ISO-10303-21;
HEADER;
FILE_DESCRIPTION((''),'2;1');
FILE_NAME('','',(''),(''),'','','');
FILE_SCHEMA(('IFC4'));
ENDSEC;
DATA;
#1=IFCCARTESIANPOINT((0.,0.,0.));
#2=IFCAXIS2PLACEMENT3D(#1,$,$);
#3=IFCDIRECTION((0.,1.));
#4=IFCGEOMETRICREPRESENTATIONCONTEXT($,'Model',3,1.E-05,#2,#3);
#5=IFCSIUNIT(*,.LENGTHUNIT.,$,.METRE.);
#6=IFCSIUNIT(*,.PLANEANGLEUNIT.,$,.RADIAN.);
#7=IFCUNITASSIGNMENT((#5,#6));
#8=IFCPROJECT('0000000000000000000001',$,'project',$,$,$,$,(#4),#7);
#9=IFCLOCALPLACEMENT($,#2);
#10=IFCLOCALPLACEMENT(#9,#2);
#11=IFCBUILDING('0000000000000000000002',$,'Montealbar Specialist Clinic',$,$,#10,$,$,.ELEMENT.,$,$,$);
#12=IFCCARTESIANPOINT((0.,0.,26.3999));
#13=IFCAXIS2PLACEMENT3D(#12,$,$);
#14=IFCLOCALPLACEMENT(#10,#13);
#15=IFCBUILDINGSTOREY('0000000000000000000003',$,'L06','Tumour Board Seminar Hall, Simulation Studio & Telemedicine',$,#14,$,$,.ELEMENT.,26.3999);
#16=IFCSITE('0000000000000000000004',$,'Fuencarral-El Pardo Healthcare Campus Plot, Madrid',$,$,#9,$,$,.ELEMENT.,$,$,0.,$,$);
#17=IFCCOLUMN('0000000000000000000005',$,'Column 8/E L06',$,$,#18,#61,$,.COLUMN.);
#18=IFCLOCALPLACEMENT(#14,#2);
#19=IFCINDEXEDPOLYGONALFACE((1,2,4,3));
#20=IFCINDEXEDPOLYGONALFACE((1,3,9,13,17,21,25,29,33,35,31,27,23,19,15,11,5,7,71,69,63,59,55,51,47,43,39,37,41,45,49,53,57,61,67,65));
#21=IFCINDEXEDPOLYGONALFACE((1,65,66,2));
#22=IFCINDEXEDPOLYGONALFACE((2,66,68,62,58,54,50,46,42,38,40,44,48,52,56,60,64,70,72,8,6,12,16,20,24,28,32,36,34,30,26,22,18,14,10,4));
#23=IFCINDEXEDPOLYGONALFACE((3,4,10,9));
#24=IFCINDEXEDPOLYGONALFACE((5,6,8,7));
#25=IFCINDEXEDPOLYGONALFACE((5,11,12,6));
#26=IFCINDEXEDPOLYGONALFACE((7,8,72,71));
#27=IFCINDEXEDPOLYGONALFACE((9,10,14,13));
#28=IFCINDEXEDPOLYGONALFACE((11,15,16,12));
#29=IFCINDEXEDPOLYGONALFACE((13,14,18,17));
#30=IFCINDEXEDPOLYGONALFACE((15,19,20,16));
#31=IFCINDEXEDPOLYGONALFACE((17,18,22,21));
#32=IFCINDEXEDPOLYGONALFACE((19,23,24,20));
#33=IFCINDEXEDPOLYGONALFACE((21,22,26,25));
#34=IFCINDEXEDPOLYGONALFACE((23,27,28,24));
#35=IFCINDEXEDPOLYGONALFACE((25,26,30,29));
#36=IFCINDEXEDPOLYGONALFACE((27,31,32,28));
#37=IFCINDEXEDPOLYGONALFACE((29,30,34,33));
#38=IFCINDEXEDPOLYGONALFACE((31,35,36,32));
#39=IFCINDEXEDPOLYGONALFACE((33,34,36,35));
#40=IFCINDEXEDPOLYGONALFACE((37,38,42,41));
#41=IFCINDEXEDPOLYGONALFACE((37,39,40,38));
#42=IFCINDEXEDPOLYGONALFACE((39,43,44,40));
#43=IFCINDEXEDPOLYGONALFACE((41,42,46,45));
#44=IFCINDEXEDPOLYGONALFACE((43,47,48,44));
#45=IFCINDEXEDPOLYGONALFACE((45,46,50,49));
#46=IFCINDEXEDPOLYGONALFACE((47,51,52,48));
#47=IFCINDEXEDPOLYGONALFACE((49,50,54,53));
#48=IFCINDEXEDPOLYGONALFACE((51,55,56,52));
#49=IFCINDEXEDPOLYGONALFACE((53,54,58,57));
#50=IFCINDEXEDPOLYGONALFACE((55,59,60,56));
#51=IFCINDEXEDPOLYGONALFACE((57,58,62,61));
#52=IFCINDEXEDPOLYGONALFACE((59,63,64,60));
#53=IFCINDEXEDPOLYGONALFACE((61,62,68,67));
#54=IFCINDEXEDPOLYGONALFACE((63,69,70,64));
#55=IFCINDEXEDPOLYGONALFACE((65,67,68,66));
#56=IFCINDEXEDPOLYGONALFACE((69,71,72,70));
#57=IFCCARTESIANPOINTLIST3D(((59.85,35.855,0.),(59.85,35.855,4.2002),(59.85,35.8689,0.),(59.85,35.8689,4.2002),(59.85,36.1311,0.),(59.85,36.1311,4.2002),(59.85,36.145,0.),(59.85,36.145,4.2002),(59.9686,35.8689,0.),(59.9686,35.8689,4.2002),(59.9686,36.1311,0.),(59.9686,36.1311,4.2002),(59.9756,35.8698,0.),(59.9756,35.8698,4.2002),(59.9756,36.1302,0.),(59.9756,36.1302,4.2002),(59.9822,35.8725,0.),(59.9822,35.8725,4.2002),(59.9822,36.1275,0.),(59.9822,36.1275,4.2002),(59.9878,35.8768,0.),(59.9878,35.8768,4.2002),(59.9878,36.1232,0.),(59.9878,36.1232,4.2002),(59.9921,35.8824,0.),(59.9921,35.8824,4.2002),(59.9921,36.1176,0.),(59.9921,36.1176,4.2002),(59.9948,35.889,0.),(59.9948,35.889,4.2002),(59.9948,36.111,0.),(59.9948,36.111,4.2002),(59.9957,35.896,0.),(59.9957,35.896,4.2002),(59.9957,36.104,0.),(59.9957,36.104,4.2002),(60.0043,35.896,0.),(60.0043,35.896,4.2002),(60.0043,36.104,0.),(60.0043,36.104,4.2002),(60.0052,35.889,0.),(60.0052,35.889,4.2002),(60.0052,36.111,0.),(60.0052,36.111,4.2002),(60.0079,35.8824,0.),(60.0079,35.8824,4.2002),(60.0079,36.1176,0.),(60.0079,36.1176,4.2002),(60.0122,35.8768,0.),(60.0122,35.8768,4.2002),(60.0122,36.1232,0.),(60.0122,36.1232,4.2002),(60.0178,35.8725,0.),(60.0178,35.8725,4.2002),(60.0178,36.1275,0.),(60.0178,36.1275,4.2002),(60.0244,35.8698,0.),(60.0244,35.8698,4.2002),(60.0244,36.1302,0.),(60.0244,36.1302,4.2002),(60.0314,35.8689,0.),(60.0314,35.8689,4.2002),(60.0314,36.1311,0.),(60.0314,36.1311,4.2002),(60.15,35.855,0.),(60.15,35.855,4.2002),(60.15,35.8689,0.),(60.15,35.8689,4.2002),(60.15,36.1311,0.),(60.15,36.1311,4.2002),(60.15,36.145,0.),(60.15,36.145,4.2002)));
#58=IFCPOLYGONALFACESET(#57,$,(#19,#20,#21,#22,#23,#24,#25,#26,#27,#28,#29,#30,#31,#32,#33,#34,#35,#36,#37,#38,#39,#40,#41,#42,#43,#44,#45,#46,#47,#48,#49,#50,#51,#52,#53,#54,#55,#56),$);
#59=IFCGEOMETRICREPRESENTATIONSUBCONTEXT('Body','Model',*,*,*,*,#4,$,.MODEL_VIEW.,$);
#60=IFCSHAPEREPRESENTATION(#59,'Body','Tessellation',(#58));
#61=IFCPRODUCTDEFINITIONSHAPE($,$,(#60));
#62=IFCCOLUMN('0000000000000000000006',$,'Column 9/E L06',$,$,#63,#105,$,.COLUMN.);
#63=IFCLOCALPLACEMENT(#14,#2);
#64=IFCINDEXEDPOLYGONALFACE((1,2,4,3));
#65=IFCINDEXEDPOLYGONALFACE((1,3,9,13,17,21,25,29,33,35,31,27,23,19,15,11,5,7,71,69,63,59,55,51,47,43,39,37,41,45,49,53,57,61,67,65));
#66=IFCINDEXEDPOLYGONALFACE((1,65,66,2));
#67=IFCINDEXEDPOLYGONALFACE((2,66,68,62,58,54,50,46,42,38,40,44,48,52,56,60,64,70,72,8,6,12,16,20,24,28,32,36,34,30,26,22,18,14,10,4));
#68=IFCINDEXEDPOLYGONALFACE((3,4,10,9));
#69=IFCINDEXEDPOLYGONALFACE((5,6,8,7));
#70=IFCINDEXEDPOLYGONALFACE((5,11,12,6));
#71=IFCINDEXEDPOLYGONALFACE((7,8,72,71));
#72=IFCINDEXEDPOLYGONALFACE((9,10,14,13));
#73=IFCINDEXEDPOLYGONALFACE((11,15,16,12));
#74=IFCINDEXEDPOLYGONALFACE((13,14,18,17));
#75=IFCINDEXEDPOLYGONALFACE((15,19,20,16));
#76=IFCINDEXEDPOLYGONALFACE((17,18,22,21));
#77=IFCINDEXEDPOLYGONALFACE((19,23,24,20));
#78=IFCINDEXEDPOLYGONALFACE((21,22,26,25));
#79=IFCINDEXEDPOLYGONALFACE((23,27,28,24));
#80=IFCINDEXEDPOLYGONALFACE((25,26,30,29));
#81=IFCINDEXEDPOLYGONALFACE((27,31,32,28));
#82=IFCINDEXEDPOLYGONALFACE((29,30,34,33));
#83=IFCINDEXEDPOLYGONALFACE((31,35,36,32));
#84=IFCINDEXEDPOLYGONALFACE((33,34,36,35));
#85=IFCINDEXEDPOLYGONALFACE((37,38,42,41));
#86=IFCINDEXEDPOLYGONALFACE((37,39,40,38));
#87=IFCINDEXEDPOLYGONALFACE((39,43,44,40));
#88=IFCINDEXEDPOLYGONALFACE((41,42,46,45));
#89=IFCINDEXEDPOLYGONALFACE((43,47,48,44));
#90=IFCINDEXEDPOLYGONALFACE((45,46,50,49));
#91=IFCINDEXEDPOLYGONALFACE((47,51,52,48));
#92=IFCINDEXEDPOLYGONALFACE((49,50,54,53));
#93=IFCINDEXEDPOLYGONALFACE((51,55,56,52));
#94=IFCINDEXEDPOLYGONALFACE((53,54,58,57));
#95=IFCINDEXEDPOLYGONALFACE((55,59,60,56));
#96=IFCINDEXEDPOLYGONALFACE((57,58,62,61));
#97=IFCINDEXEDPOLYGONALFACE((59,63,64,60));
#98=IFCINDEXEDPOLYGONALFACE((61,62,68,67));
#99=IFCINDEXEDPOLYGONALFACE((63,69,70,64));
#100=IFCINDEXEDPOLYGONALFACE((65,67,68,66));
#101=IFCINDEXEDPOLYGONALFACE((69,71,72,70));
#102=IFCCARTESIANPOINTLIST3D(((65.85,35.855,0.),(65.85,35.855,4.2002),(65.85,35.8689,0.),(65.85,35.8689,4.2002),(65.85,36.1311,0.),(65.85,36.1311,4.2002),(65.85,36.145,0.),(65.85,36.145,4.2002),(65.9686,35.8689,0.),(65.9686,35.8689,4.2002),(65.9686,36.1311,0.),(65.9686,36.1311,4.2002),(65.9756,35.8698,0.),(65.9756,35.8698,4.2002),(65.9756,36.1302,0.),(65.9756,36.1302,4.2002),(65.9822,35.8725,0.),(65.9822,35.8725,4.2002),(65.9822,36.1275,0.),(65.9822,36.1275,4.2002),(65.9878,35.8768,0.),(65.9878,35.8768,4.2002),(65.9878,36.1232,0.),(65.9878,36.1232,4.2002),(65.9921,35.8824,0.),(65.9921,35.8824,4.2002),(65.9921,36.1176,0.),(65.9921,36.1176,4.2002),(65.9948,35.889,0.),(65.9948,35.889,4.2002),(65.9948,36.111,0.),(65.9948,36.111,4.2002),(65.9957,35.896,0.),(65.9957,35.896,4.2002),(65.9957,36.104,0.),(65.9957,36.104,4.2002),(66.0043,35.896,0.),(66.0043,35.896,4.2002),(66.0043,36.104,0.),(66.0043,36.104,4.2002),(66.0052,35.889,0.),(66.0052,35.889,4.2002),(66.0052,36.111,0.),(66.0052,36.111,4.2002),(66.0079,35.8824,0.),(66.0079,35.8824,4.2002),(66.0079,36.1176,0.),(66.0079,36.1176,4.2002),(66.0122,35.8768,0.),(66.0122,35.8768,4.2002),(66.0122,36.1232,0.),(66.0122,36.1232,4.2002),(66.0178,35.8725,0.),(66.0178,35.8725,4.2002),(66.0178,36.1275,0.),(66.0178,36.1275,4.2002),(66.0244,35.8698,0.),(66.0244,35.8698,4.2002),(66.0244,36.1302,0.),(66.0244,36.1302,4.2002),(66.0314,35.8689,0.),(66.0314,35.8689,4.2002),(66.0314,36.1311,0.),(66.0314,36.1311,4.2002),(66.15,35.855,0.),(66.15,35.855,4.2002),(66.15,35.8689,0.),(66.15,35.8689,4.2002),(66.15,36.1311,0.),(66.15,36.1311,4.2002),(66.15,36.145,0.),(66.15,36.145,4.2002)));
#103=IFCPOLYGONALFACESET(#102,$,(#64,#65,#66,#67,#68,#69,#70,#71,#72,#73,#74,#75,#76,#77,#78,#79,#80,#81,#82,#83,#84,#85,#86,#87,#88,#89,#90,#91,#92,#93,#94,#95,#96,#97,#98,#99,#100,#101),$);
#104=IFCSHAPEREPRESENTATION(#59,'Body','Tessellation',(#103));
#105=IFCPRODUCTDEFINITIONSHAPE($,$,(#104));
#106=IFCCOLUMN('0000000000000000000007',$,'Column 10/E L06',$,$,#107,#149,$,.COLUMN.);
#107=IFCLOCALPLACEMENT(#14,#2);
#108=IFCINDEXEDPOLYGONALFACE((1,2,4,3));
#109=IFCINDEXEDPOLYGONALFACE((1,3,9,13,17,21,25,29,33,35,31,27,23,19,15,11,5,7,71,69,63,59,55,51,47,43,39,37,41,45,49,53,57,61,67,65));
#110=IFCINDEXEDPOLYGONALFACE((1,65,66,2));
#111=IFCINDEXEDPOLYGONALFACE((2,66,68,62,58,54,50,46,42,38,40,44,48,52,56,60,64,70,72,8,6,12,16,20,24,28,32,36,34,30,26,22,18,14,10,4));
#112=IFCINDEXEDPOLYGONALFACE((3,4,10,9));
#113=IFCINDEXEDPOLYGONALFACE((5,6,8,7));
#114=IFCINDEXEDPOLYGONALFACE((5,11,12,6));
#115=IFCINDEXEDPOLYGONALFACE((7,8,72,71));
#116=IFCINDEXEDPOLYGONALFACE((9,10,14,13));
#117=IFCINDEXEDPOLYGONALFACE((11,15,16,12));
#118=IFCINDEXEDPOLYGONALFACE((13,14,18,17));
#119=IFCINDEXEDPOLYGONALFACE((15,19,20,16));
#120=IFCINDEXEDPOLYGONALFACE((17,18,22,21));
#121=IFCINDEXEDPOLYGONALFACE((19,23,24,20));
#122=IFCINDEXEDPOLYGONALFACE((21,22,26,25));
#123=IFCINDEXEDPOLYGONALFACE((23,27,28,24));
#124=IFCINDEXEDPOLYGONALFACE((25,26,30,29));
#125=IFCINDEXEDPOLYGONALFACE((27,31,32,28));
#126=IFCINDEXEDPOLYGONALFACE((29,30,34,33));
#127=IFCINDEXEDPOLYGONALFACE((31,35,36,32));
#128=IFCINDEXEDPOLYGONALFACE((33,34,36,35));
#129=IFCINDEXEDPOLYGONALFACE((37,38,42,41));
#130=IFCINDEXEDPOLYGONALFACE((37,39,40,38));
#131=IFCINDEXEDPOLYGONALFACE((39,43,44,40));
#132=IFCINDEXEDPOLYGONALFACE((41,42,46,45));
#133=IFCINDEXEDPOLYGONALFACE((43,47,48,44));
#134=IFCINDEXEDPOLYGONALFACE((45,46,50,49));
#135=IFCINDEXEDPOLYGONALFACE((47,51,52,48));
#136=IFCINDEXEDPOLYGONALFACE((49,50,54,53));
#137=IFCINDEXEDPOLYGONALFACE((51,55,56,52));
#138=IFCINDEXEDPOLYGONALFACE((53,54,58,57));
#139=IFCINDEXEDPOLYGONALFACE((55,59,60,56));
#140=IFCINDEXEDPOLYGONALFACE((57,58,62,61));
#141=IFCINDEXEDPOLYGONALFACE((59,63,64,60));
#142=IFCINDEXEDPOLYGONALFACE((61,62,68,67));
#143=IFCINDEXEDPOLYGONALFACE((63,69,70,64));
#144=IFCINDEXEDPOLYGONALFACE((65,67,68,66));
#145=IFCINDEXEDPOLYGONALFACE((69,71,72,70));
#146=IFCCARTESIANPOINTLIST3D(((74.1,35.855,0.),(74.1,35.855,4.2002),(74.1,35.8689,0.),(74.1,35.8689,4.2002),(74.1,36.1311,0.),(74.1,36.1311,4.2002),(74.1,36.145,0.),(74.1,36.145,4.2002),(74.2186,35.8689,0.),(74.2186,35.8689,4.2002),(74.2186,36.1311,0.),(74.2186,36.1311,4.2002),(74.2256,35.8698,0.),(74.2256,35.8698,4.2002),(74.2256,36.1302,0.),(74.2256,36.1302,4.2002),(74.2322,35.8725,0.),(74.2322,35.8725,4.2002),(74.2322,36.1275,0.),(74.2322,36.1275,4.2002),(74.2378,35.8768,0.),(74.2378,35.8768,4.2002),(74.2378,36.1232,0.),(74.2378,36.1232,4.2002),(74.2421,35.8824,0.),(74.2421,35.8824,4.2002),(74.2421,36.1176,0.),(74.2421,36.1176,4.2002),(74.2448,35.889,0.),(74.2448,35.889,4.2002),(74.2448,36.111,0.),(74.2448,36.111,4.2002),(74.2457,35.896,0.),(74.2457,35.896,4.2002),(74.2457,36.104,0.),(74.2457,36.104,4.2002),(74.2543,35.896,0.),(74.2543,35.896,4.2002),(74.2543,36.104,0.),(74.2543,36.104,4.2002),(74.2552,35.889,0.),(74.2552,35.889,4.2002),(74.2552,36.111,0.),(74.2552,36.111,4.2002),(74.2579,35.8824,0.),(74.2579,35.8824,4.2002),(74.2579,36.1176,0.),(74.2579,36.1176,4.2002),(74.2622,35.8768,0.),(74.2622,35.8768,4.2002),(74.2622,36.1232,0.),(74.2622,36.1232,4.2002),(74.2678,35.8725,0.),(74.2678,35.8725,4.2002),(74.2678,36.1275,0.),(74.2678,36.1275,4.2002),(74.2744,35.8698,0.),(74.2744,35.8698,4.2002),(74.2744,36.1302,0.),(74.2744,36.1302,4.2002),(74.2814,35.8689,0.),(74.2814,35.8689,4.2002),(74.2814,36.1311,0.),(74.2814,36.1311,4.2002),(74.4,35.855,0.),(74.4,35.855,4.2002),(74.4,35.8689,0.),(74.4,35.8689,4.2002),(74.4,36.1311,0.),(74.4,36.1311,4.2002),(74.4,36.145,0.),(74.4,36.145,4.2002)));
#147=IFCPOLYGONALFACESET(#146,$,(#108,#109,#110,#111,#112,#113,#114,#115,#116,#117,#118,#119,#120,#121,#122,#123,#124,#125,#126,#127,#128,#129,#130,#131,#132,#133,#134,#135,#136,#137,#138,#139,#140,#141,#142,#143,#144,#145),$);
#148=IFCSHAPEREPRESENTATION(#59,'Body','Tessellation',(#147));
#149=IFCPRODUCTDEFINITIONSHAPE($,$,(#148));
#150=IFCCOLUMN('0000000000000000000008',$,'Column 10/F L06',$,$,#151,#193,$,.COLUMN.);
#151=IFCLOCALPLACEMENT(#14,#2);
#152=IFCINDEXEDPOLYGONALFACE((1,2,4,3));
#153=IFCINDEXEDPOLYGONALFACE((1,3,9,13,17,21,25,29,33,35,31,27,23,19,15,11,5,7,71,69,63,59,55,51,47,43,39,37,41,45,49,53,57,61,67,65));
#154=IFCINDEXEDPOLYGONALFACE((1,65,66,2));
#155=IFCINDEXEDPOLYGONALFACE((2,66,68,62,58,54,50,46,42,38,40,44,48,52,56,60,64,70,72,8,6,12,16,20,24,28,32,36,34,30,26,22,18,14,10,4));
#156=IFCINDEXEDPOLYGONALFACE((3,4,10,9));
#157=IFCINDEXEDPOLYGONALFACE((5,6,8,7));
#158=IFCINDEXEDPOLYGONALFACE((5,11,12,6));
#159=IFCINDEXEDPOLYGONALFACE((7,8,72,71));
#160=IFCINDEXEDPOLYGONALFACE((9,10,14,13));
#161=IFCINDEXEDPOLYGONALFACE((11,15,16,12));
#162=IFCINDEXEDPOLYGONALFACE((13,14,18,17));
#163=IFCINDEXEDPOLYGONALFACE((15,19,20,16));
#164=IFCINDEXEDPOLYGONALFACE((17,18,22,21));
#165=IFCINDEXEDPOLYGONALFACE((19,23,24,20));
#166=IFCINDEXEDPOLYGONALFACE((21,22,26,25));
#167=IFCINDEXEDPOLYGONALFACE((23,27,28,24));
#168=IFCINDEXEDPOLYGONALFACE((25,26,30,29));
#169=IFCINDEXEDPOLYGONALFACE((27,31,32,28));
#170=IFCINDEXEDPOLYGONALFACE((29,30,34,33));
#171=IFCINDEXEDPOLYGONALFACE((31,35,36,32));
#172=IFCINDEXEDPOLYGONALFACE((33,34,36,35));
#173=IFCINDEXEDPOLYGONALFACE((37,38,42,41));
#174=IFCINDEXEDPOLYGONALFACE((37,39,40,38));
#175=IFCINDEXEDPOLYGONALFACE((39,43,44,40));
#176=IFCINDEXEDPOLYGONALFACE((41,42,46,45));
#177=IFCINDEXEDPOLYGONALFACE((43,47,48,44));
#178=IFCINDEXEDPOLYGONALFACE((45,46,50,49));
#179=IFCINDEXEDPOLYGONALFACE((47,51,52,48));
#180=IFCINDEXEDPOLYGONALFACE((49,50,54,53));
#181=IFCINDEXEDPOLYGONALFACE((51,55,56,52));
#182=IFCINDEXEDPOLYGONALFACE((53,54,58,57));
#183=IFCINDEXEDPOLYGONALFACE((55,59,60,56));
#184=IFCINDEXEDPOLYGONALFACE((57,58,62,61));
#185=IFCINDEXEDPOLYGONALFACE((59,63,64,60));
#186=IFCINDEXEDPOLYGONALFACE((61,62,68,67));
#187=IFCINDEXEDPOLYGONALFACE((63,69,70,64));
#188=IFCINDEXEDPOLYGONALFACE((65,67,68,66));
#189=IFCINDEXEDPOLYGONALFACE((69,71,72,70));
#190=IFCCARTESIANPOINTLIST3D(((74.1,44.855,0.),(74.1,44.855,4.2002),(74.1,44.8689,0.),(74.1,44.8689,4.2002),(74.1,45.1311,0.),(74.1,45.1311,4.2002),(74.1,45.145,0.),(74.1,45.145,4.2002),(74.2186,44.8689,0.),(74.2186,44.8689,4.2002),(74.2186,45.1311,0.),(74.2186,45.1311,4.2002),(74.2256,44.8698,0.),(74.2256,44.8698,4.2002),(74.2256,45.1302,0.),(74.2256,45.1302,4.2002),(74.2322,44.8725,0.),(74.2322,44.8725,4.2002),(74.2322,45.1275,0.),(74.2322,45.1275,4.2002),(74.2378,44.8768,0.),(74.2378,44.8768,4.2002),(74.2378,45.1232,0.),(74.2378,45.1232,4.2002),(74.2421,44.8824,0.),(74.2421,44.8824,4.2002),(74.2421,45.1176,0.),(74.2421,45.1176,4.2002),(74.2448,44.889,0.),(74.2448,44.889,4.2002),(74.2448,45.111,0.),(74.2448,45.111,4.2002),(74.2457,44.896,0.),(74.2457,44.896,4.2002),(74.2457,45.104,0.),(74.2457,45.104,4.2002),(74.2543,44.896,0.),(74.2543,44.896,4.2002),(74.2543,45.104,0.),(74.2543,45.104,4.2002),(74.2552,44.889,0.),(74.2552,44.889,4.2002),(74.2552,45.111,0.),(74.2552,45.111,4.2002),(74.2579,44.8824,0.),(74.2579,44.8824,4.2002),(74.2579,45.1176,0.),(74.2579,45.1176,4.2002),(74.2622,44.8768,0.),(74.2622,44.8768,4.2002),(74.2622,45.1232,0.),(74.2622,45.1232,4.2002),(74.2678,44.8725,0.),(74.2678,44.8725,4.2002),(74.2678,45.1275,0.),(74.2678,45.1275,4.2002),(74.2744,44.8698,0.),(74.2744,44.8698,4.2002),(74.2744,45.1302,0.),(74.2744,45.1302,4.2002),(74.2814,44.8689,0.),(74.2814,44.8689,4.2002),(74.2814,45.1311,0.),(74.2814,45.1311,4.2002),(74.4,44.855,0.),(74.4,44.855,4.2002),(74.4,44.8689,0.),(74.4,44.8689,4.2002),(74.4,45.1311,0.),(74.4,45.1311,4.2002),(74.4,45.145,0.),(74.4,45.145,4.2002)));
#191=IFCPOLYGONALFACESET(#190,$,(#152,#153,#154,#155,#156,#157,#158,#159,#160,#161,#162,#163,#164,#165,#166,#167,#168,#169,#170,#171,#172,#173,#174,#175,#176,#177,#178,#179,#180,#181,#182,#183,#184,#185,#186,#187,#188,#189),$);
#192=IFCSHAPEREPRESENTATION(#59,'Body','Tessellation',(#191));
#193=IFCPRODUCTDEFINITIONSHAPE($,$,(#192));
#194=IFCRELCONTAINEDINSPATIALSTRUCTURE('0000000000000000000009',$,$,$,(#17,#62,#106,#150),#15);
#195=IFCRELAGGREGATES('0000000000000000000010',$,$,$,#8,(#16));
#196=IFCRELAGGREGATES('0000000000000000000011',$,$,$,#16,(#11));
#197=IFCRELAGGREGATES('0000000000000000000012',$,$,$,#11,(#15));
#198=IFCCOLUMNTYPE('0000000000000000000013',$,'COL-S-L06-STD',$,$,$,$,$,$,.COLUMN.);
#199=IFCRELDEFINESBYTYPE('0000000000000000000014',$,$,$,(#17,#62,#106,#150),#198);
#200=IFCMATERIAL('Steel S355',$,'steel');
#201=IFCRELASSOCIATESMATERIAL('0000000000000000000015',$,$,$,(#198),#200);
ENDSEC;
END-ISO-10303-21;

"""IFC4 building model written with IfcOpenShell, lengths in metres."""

from ifc_helpers import new_model, si_unit, direction, frame, origin, origin_2d, place, context, subcontext, project, spatial, i_section, extrude, material, material_profile, profile_set, type_object, element, save


model = new_model("IFC4")

# Units and contexts
model_context = context("Model", 3, precision=1e-05, world=origin(), true_north=direction((0.0, 1.0)))
body_context = subcontext(model_context, "Body", "Model", "MODEL_VIEW")
ifc_project = project(units=[si_unit("LENGTHUNIT", "METRE"), si_unit("PLANEANGLEUNIT", "RADIAN")], contexts=[model_context])

# Site, building, storey
site_placement = place(None, origin())
site = spatial("IfcSite", under=ifc_project, at=site_placement, Name="Fuencarral-El Pardo Healthcare Campus Plot, Madrid", CompositionType="ELEMENT", RefElevation=0.0)
building_placement = place(site_placement, origin())
building = spatial("IfcBuilding", under=site, at=building_placement, Name="Montealbar Specialist Clinic", CompositionType="ELEMENT")
storey_placement = place(building_placement, frame((0.0, 0.0, 26.3999)))
storey = spatial("IfcBuildingStorey", under=building, at=storey_placement, Name="L06", Description="Tumour Board Seminar Hall, Simulation Studio & Telemedicine", CompositionType="ELEMENT", Elevation=26.3999)

# Columns
ifc_material_1 = material(Name="Steel S355", Category="steel")
ifc_material_profile_1 = material_profile(ifc_material_1, i_section(OverallWidth=0.3, OverallDepth=0.29, WebThickness=0.0085, FlangeThickness=0.0139, FilletRadius=0.0271, at=origin_2d()), Name="HEA 300", Category="steel")
ifc_profile_set_1 = profile_set([ifc_material_profile_1], Name="Steel S355")
column_type = type_object("IfcColumnType", Name="COL-S-L06-STD", PredefinedType="COLUMN", material=ifc_profile_set_1)
for number, where, z_axis, x_axis, name in (
    (1, (60.0, 36.0, 0.0), (0.0, 0.0, 1.0), (1.0, 0.0, 0.0), "Column 8/E L06"),
    (2, (66.0, 36.0, 0.0), (0.0, 0.0, 1.0), (1.0, 0.0, 0.0), "Column 9/E L06"),
    (3, (74.25, 36.0, 0.0), (0.0, 0.0, 1.0), (1.0, 0.0, 0.0), "Column 10/E L06"),
    (4, (74.25, 45.0, 0.0), (0.0, 0.0, 1.0), (1.0, 0.0, 0.0), "Column 10/F L06"),
):
    element("IfcColumn", number, at=place(storey_placement, frame(where, z_axis=z_axis, x_axis=x_axis)), inside=storey, type_object=column_type, Name=name, PredefinedType="COLUMN", context=body_context, shape_type="SweptSolid", body=[
        extrude(i_section(OverallWidth=0.3, OverallDepth=0.29, WebThickness=0.0085, FlangeThickness=0.0139, FilletRadius=0.0271, at=origin_2d()), origin(), (0.0, 0.0, 1.0), 4.2002),
    ])

save(model, "model.ifc")
